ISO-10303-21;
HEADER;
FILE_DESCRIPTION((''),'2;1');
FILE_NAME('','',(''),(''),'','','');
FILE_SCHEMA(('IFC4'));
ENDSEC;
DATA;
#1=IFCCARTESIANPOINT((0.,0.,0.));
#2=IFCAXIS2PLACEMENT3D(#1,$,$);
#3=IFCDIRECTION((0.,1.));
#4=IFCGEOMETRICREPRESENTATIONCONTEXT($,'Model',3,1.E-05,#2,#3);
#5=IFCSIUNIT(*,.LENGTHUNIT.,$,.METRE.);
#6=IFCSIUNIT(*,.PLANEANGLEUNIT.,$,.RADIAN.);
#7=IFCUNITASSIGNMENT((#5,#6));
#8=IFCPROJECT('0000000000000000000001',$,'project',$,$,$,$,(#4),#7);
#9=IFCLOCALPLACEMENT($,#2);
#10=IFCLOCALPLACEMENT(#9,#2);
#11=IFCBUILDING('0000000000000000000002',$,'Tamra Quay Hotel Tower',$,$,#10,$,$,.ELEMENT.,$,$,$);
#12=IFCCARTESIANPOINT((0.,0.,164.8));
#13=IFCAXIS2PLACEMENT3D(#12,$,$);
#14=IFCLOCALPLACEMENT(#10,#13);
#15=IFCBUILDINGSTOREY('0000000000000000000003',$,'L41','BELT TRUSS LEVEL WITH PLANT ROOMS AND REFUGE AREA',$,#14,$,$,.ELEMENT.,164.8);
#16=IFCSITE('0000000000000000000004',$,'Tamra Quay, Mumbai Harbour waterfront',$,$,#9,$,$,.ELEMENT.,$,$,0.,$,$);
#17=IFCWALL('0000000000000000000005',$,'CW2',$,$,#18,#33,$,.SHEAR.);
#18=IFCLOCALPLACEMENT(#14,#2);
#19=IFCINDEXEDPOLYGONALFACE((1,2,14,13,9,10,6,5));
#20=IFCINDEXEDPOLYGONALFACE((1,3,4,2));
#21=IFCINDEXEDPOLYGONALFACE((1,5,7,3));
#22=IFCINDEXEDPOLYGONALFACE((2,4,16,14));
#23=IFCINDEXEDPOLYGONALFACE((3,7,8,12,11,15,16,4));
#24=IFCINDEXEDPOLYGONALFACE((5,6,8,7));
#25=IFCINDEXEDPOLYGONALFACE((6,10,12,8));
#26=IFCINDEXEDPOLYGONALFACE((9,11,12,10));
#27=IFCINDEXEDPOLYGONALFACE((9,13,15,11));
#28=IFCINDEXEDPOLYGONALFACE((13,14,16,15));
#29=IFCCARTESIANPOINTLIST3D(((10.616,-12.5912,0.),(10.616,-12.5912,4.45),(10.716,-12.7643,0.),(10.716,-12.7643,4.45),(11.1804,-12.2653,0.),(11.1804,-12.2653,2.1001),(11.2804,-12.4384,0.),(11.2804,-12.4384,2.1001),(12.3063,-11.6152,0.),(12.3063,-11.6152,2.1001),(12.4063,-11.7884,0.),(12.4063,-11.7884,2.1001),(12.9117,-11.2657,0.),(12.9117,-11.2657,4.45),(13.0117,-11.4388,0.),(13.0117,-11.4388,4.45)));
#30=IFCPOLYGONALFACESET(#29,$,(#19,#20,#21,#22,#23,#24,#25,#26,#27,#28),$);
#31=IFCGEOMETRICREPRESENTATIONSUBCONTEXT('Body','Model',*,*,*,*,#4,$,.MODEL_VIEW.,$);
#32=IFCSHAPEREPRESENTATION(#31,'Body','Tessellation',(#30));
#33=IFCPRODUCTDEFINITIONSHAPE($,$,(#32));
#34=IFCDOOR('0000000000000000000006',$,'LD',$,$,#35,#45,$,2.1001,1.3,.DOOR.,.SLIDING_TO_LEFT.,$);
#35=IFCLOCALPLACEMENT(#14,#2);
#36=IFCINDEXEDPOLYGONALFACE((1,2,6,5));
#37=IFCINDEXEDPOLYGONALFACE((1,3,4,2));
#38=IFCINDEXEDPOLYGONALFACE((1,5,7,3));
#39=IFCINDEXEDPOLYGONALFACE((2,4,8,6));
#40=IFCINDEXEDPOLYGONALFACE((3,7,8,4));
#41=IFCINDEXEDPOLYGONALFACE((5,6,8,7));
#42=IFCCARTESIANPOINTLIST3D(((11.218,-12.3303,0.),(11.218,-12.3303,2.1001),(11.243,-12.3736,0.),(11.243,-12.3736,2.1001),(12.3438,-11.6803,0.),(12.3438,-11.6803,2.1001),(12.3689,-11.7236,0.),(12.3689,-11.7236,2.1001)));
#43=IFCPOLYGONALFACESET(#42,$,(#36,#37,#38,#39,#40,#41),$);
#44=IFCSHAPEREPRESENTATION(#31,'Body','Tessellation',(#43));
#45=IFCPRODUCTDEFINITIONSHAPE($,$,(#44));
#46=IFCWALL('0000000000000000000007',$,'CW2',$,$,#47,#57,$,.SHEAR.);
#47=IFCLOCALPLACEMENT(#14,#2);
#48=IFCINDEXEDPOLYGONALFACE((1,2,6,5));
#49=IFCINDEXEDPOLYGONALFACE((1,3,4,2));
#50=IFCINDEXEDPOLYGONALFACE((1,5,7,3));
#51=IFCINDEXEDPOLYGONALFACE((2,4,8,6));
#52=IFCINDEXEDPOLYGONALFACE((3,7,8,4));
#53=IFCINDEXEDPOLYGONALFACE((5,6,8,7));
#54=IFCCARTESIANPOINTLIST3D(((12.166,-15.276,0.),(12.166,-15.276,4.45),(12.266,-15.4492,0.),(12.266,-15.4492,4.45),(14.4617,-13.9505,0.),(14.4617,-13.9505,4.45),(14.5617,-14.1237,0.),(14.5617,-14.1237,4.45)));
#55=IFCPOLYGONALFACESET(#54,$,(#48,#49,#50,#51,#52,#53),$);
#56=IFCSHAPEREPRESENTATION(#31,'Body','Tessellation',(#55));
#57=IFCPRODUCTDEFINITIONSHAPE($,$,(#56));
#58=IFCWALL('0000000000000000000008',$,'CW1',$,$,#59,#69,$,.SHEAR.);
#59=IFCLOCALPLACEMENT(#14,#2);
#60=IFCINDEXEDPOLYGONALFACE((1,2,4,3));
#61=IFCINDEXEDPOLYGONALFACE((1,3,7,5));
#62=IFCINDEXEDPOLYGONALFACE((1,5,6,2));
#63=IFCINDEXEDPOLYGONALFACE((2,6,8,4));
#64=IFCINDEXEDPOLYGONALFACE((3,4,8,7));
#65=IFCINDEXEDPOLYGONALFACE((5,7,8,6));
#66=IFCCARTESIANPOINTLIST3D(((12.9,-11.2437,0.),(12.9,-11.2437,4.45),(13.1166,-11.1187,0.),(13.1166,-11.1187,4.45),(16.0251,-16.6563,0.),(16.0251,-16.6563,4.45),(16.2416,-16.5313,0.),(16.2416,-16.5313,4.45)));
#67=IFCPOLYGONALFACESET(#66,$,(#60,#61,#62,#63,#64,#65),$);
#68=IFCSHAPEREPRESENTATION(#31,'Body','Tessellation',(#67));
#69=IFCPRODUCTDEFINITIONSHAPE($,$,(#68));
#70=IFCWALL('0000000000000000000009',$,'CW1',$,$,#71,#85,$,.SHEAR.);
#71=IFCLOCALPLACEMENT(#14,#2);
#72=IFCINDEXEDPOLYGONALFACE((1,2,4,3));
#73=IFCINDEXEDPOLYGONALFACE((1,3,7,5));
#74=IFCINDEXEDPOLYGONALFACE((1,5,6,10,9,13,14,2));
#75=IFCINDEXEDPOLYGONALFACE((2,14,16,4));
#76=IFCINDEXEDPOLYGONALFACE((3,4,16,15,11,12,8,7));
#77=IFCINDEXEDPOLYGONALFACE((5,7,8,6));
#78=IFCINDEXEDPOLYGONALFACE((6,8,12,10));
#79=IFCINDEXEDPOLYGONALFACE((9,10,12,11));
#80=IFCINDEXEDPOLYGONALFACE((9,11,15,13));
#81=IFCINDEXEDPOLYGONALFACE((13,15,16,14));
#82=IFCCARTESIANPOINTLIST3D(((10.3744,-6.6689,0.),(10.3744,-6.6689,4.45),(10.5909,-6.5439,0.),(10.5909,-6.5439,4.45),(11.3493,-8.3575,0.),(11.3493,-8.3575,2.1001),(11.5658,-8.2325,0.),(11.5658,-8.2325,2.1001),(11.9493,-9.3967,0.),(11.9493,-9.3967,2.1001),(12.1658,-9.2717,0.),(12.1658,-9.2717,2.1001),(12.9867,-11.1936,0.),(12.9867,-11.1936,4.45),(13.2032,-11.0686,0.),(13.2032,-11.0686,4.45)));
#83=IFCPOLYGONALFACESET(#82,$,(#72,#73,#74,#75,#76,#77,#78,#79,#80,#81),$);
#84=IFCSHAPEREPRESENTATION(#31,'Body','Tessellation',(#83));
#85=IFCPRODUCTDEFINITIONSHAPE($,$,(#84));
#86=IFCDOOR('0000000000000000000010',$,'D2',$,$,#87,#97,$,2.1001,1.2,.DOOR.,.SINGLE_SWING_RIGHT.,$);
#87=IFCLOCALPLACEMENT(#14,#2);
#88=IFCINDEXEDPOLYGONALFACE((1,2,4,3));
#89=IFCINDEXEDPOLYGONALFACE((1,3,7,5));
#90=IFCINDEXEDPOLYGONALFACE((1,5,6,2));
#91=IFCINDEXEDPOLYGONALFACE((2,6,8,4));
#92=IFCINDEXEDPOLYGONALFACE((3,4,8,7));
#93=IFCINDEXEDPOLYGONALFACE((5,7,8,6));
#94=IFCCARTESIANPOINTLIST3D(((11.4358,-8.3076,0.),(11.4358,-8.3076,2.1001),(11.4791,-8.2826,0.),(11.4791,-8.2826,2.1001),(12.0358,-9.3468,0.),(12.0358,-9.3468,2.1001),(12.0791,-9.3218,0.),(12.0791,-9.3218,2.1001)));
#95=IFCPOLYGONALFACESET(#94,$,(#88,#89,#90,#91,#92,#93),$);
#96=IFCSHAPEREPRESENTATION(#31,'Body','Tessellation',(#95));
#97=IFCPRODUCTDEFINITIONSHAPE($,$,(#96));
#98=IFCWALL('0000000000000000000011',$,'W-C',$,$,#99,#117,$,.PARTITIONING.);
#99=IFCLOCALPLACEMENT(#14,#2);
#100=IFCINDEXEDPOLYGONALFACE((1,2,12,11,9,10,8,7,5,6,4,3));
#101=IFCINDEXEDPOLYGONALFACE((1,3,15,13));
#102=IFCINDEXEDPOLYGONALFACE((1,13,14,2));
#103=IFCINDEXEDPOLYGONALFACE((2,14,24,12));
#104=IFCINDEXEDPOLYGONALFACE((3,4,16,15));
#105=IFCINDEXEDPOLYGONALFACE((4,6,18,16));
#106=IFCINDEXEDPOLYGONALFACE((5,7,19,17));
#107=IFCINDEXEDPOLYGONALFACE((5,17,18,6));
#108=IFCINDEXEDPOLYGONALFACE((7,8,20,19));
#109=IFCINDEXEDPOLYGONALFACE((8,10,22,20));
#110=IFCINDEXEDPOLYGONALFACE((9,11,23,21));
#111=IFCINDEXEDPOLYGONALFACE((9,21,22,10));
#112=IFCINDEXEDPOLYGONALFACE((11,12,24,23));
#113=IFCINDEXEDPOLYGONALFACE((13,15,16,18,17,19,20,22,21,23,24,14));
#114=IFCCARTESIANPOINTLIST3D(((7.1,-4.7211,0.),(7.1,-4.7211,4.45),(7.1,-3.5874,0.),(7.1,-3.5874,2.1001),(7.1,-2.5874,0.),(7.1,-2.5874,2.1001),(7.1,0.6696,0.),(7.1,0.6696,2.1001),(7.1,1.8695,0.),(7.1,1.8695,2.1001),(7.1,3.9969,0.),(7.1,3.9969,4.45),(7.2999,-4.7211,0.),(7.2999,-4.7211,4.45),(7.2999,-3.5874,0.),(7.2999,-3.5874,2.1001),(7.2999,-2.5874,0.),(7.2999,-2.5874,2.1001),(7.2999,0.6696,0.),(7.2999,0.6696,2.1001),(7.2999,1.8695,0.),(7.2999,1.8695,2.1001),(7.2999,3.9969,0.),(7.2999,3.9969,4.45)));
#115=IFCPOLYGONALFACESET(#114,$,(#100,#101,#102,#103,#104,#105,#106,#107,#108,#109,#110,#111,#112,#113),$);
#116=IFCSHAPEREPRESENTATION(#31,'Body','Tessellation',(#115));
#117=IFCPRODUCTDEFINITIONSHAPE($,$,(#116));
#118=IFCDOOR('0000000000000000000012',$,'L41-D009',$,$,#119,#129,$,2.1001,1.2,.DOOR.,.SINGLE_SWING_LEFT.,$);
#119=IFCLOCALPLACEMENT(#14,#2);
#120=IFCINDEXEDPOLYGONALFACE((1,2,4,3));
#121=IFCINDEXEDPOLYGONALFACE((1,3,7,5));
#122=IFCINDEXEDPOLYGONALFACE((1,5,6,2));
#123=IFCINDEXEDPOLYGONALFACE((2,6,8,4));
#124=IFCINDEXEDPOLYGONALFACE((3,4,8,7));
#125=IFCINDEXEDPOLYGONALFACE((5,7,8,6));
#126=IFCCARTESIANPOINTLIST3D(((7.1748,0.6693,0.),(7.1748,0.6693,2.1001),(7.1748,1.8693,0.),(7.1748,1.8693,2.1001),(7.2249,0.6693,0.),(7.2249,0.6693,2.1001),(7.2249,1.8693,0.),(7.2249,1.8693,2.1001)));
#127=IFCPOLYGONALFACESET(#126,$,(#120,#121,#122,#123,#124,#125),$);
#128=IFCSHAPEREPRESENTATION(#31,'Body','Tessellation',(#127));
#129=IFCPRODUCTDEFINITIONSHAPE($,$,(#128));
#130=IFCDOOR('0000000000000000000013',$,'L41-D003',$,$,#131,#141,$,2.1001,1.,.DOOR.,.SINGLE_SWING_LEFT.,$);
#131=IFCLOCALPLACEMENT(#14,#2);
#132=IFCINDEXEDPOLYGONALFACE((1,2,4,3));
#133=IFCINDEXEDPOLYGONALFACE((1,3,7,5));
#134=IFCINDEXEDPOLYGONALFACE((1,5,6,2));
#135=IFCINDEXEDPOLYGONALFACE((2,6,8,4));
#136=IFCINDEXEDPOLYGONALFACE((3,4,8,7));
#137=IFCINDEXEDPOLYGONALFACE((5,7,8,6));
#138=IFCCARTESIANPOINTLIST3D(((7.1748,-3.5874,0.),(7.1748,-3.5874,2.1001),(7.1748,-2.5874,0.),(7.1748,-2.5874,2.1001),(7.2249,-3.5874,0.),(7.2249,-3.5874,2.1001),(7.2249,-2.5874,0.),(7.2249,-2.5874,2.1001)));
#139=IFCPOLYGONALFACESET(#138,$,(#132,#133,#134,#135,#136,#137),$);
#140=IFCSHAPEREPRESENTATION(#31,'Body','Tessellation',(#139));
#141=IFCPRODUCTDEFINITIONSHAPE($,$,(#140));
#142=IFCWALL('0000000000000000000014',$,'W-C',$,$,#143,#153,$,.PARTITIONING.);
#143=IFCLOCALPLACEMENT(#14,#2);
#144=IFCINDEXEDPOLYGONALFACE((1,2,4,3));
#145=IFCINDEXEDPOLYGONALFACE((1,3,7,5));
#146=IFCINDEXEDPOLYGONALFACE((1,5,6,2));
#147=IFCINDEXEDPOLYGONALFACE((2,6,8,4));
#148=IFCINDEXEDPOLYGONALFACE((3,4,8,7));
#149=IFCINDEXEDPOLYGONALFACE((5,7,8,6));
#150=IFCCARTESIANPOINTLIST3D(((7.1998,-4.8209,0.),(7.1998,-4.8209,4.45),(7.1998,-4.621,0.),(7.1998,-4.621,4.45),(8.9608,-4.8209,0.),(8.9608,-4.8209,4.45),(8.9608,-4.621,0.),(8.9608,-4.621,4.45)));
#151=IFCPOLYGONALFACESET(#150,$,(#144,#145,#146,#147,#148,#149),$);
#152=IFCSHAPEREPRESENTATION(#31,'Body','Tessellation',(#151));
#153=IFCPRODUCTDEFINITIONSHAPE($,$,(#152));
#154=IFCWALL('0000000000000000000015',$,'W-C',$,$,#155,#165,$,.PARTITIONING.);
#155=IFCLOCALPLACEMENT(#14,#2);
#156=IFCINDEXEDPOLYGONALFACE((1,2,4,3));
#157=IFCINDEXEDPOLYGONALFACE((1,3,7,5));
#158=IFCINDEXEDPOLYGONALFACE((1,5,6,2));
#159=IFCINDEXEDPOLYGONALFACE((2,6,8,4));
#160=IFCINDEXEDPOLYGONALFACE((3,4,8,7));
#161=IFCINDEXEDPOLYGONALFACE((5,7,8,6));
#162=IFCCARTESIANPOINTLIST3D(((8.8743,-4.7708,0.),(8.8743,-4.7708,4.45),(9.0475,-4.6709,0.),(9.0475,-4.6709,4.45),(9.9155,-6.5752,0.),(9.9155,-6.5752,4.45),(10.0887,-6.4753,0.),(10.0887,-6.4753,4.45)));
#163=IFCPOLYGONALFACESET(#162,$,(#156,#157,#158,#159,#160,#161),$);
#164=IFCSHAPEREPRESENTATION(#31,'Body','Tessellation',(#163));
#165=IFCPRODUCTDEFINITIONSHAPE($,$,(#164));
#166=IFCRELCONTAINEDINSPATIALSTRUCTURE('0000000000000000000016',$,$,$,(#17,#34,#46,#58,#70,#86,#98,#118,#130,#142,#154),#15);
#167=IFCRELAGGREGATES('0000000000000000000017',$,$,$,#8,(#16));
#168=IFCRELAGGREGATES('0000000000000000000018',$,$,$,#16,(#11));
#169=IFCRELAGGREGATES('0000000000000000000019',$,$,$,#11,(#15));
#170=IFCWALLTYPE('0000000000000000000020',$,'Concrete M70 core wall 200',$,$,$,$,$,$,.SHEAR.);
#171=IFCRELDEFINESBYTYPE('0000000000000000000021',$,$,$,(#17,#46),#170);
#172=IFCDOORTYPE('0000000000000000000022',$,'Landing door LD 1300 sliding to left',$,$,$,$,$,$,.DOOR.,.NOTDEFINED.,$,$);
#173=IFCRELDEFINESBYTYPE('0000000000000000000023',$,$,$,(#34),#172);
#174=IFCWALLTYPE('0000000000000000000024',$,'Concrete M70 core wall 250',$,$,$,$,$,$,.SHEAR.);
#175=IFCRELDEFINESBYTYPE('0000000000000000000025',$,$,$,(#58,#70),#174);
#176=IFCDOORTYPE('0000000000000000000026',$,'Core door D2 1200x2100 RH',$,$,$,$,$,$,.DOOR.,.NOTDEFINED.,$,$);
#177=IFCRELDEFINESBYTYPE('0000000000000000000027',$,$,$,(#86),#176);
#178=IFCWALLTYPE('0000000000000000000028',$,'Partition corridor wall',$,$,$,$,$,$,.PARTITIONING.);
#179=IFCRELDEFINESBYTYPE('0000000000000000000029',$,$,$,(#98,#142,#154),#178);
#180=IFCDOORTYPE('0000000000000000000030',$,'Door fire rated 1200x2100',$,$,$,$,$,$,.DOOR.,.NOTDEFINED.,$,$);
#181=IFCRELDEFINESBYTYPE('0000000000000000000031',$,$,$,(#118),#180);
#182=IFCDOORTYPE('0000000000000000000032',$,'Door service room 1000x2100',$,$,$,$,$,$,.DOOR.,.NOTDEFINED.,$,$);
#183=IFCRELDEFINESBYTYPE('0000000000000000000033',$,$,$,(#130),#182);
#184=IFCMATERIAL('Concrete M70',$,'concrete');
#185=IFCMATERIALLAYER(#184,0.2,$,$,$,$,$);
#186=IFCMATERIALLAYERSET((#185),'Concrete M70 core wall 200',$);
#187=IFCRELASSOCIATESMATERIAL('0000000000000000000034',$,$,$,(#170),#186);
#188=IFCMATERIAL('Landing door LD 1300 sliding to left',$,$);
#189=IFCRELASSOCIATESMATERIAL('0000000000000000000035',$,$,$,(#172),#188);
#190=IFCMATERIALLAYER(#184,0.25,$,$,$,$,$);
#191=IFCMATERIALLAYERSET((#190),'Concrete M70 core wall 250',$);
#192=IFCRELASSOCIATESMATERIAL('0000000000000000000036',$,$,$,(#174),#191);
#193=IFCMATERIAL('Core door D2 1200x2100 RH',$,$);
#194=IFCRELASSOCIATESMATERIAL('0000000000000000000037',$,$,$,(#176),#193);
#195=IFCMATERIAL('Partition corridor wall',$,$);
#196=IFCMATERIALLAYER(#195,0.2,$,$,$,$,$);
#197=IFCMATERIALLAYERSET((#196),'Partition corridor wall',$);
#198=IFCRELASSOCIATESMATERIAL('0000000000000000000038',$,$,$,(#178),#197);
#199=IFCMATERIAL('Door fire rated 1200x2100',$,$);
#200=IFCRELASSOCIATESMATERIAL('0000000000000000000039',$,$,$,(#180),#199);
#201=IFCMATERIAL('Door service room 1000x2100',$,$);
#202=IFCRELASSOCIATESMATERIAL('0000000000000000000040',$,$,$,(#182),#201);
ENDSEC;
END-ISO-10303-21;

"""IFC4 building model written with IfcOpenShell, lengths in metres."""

from ifc_helpers import new_model, si_unit, direction, frame, frame_2d, origin, place, context, subcontext, project, spatial, rectangle, extrude, material, layer, layer_set, type_object, element, fill, save


model = new_model("IFC4")

# Units and contexts
model_context = context("Model", 3, precision=1e-05, world=origin(), true_north=direction((0.0, 1.0)))
body_context = subcontext(model_context, "Body", "Model", "MODEL_VIEW")
ifc_project = project(units=[si_unit("LENGTHUNIT", "METRE"), si_unit("PLANEANGLEUNIT", "RADIAN")], contexts=[model_context])

# Site, building, storey
site_placement = place(None, origin())
site = spatial("IfcSite", under=ifc_project, at=site_placement, Name="Tamra Quay, Mumbai Harbour waterfront", CompositionType="ELEMENT", RefElevation=0.0)
building_placement = place(site_placement, origin())
building = spatial("IfcBuilding", under=site, at=building_placement, Name="Tamra Quay Hotel Tower", CompositionType="ELEMENT")
storey_placement = place(building_placement, frame((0.0, 0.0, 164.8)))
storey = spatial("IfcBuildingStorey", under=building, at=storey_placement, Name="L41", Description="BELT TRUSS LEVEL WITH PLANT ROOMS AND REFUGE AREA", CompositionType="ELEMENT", Elevation=164.8)

# Shared definitions
ifc_material_1 = material(Name="Concrete M70", Category="concrete")
ifc_layer_1 = layer(ifc_material_1, 0.2)
ifc_layer_set_1 = layer_set([ifc_layer_1], Name="Concrete M70 core wall 200")
wall_type_1 = type_object("IfcWallType", Name="Concrete M70 core wall 200", PredefinedType="SHEAR", material=ifc_layer_set_1)

# Wall, opening, door
wall_1_placement = place(storey_placement, frame((10.666, -12.6777, 0.0), z_axis=(0.0, 0.0, 1.0), x_axis=(0.866018, 0.500012, 0.0)))
wall_1 = element("IfcWall", 1, at=wall_1_placement, inside=storey, type_object=wall_type_1, Name="CW2", PredefinedType="SHEAR", context=body_context, shape_type="SweptSolid", body=[
    extrude(rectangle(XDim=2.6509, YDim=0.2, at=frame_2d((1.3254, 0.0))), origin(), (0.0, 0.0, 1.0), 4.45),
])
opening_1_placement = place(wall_1_placement, frame((0.6519, 0.0, 0.0)))
opening_1 = element("IfcOpeningElement", 2, at=opening_1_placement, cuts=wall_1, PredefinedType="OPENING", context=body_context, shape_type="SweptSolid", body=[
    extrude(rectangle(XDim=1.3, YDim=2.1001, at=frame_2d((0.6499, 1.05))), frame((0.0, 0.1099, 0.0), z_axis=(0.0, -1.0, 0.0), x_axis=(1.0, 0.0, 0.0)), (0.0, 0.0, 1.0), 0.22),
])
ifc_material_2 = material(Name="Landing door LD 1300 sliding to left")
door_type_1 = type_object("IfcDoorType", Name="Landing door LD 1300 sliding to left", OperationType="NOTDEFINED", PredefinedType="DOOR", material=ifc_material_2)
door_1_placement = place(opening_1_placement, origin())
door_1 = element("IfcDoor", 3, at=door_1_placement, inside=storey, type_object=door_type_1, Name="LD", OperationType="SLIDING_TO_LEFT", OverallHeight=2.1001, OverallWidth=1.3, PredefinedType="DOOR", context=body_context, shape_type="SweptSolid", body=[
    extrude(rectangle(XDim=1.3, YDim=2.1001, at=frame_2d((0.6499, 1.05))), frame((0.0, 0.0249, 0.0), z_axis=(0.0, -1.0, 0.0), x_axis=(1.0, 0.0, 0.0)), (0.0, 0.0, 1.0), 0.05),
])
fill(opening_1, door_1)

# Walls
wall_2_placement = place(storey_placement, frame((14.5117, -14.0371, 0.0), z_axis=(0.0, 0.0, 1.0), x_axis=(-0.866018, -0.500012, 0.0)))
element("IfcWall", 4, at=wall_2_placement, inside=storey, type_object=wall_type_1, Name="CW2", PredefinedType="SHEAR", context=body_context, shape_type="SweptSolid", body=[
    extrude(rectangle(XDim=2.6509, YDim=0.2, at=frame_2d((1.3254, 0.0))), origin(), (0.0, 0.0, 1.0), 4.45),
])
ifc_layer_2 = layer(ifc_material_1, 0.25)
ifc_layer_set_2 = layer_set([ifc_layer_2], Name="Concrete M70 core wall 250")
wall_type_2 = type_object("IfcWallType", Name="Concrete M70 core wall 250", PredefinedType="SHEAR", material=ifc_layer_set_2)
wall_3_placement = place(storey_placement, frame((13.0083, -11.1812, 0.0), z_axis=(0.0, 0.0, 1.0), x_axis=(0.500004, -0.866023, 0.0)))
element("IfcWall", 5, at=wall_3_placement, inside=storey, type_object=wall_type_2, Name="CW1", PredefinedType="SHEAR", context=body_context, shape_type="SweptSolid", body=[
    extrude(rectangle(XDim=6.25, YDim=0.25, at=frame_2d((3.125, 0.0))), origin(), (0.0, 0.0, 1.0), 4.45),
])

# Wall, opening, door
wall_4_placement = place(storey_placement, frame((10.4827, -6.6064, 0.0), z_axis=(0.0, 0.0, 1.0), x_axis=(0.499999, -0.866026, 0.0)))
wall_4 = element("IfcWall", 6, at=wall_4_placement, inside=storey, type_object=wall_type_2, Name="CW1", PredefinedType="SHEAR", context=body_context, shape_type="SweptSolid", body=[
    extrude(rectangle(XDim=5.2246, YDim=0.25, at=frame_2d((2.6123, 0.0))), origin(), (0.0, 0.0, 1.0), 4.45),
])
opening_2_placement = place(wall_4_placement, frame((1.9497, 0.0, 0.0)))
opening_2 = element("IfcOpeningElement", 7, at=opening_2_placement, cuts=wall_4, PredefinedType="OPENING", context=body_context, shape_type="SweptSolid", body=[
    extrude(rectangle(XDim=1.2, YDim=2.1001, at=frame_2d((0.6001, 1.05))), frame((0.0, 0.135, 0.0), z_axis=(0.0, -1.0, 0.0), x_axis=(1.0, 0.0, 0.0)), (0.0, 0.0, 1.0), 0.27),
])
ifc_material_3 = material(Name="Core door D2 1200x2100 RH")
door_type_2 = type_object("IfcDoorType", Name="Core door D2 1200x2100 RH", OperationType="NOTDEFINED", PredefinedType="DOOR", material=ifc_material_3)
door_2_placement = place(opening_2_placement, origin())
door_2 = element("IfcDoor", 8, at=door_2_placement, inside=storey, type_object=door_type_2, Name="D2", OperationType="SINGLE_SWING_RIGHT", OverallHeight=2.1001, OverallWidth=1.2, PredefinedType="DOOR", context=body_context, shape_type="SweptSolid", body=[
    extrude(rectangle(XDim=1.2, YDim=2.1001, at=frame_2d((0.6001, 1.05))), frame((0.0, 0.0249, 0.0), z_axis=(0.0, -1.0, 0.0), x_axis=(1.0, 0.0, 0.0)), (0.0, 0.0, 1.0), 0.05),
])
fill(opening_2, door_2)

# Wall, openings, doors
ifc_material_4 = material(Name="Partition corridor wall")
ifc_layer_3 = layer(ifc_material_4, 0.2)
ifc_layer_set_3 = layer_set([ifc_layer_3], Name="Partition corridor wall")
wall_type_3 = type_object("IfcWallType", Name="Partition corridor wall", PredefinedType="PARTITIONING", material=ifc_layer_set_3)
wall_5_placement = place(storey_placement, frame((7.2, -4.7209, 0.0), z_axis=(0.0, 0.0, 1.0), x_axis=(0.0, 1.0, 0.0)))
wall_5 = element("IfcWall", 9, at=wall_5_placement, inside=storey, type_object=wall_type_3, Name="W-C", PredefinedType="PARTITIONING", context=body_context, shape_type="SweptSolid", body=[
    extrude(rectangle(XDim=8.718, YDim=0.2, at=frame_2d((4.3589, 0.0))), origin(), (0.0, 0.0, 1.0), 4.45),
])
opening_3_placement = place(wall_5_placement, frame((1.1335, 0.0, 0.0)))
opening_3 = element("IfcOpeningElement", 10, at=opening_3_placement, cuts=wall_5, PredefinedType="OPENING", context=body_context, shape_type="SweptSolid", body=[
    extrude(rectangle(XDim=1.0, YDim=2.1001, at=frame_2d((0.5, 1.05))), frame((0.0, 0.1099, 0.0), z_axis=(0.0, -1.0, 0.0), x_axis=(1.0, 0.0, 0.0)), (0.0, 0.0, 1.0), 0.22),
])
opening_4_placement = place(wall_5_placement, frame((5.3904, 0.0, 0.0)))
opening_4 = element("IfcOpeningElement", 11, at=opening_4_placement, cuts=wall_5, PredefinedType="OPENING", context=body_context, shape_type="SweptSolid", body=[
    extrude(rectangle(XDim=1.2, YDim=2.1001, at=frame_2d((0.6001, 1.05))), frame((0.0, 0.1099, 0.0), z_axis=(0.0, -1.0, 0.0), x_axis=(1.0, 0.0, 0.0)), (0.0, 0.0, 1.0), 0.22),
])
ifc_material_5 = material(Name="Door fire rated 1200x2100")
door_type_3 = type_object("IfcDoorType", Name="Door fire rated 1200x2100", OperationType="NOTDEFINED", PredefinedType="DOOR", material=ifc_material_5)
door_3_placement = place(opening_4_placement, frame((1.2, 0.0, 0.0), z_axis=(0.0, 0.0, 1.0), x_axis=(-1.0, 0.0, 0.0)))
door_3 = element("IfcDoor", 12, at=door_3_placement, inside=storey, type_object=door_type_3, Name="L41-D009", OperationType="SINGLE_SWING_LEFT", OverallHeight=2.1001, OverallWidth=1.2, PredefinedType="DOOR", context=body_context, shape_type="SweptSolid", body=[
    extrude(rectangle(XDim=1.2, YDim=2.1001, at=frame_2d((0.6001, 1.05))), frame((0.0, 0.0249, 0.0), z_axis=(0.0, -1.0, 0.0), x_axis=(1.0, 0.0, 0.0)), (0.0, 0.0, 1.0), 0.05),
])
fill(opening_4, door_3)
ifc_material_6 = material(Name="Door service room 1000x2100")
door_type_4 = type_object("IfcDoorType", Name="Door service room 1000x2100", OperationType="NOTDEFINED", PredefinedType="DOOR", material=ifc_material_6)
door_4_placement = place(opening_3_placement, frame((1.0, 0.0, 0.0), z_axis=(0.0, 0.0, 1.0), x_axis=(-1.0, 0.0, 0.0)))
door_4 = element("IfcDoor", 13, at=door_4_placement, inside=storey, type_object=door_type_4, Name="L41-D003", OperationType="SINGLE_SWING_LEFT", OverallHeight=2.1001, OverallWidth=1.0, PredefinedType="DOOR", context=body_context, shape_type="SweptSolid", body=[
    extrude(rectangle(XDim=1.0, YDim=2.1001, at=frame_2d((0.5, 1.05))), frame((0.0, 0.0249, 0.0), z_axis=(0.0, -1.0, 0.0), x_axis=(1.0, 0.0, 0.0)), (0.0, 0.0, 1.0), 0.05),
])
fill(opening_3, door_4)

# Walls
wall_6_placement = place(storey_placement, frame((7.2, -4.7209, 0.0), z_axis=(0.0, 0.0, 1.0), x_axis=(1.0, 0.0, 0.0)))
element("IfcWall", 14, at=wall_6_placement, inside=storey, type_object=wall_type_3, Name="W-C", PredefinedType="PARTITIONING", context=body_context, shape_type="SweptSolid", body=[
    extrude(rectangle(XDim=1.761, YDim=0.2, at=frame_2d((0.8804, 0.0))), origin(), (0.0, 0.0, 1.0), 4.45),
])
wall_7_placement = place(storey_placement, frame((8.9609, -4.7209, 0.0), z_axis=(0.0, 0.0, 1.0), x_axis=(0.499807, -0.866137, 0.0)))
element("IfcWall", 15, at=wall_7_placement, inside=storey, type_object=wall_type_3, Name="W-C", PredefinedType="PARTITIONING", context=body_context, shape_type="SweptSolid", body=[
    extrude(rectangle(XDim=2.0833, YDim=0.2, at=frame_2d((1.0415, 0.0))), origin(), (0.0, 0.0, 1.0), 4.45),
])

save(model, "model.ifc")
